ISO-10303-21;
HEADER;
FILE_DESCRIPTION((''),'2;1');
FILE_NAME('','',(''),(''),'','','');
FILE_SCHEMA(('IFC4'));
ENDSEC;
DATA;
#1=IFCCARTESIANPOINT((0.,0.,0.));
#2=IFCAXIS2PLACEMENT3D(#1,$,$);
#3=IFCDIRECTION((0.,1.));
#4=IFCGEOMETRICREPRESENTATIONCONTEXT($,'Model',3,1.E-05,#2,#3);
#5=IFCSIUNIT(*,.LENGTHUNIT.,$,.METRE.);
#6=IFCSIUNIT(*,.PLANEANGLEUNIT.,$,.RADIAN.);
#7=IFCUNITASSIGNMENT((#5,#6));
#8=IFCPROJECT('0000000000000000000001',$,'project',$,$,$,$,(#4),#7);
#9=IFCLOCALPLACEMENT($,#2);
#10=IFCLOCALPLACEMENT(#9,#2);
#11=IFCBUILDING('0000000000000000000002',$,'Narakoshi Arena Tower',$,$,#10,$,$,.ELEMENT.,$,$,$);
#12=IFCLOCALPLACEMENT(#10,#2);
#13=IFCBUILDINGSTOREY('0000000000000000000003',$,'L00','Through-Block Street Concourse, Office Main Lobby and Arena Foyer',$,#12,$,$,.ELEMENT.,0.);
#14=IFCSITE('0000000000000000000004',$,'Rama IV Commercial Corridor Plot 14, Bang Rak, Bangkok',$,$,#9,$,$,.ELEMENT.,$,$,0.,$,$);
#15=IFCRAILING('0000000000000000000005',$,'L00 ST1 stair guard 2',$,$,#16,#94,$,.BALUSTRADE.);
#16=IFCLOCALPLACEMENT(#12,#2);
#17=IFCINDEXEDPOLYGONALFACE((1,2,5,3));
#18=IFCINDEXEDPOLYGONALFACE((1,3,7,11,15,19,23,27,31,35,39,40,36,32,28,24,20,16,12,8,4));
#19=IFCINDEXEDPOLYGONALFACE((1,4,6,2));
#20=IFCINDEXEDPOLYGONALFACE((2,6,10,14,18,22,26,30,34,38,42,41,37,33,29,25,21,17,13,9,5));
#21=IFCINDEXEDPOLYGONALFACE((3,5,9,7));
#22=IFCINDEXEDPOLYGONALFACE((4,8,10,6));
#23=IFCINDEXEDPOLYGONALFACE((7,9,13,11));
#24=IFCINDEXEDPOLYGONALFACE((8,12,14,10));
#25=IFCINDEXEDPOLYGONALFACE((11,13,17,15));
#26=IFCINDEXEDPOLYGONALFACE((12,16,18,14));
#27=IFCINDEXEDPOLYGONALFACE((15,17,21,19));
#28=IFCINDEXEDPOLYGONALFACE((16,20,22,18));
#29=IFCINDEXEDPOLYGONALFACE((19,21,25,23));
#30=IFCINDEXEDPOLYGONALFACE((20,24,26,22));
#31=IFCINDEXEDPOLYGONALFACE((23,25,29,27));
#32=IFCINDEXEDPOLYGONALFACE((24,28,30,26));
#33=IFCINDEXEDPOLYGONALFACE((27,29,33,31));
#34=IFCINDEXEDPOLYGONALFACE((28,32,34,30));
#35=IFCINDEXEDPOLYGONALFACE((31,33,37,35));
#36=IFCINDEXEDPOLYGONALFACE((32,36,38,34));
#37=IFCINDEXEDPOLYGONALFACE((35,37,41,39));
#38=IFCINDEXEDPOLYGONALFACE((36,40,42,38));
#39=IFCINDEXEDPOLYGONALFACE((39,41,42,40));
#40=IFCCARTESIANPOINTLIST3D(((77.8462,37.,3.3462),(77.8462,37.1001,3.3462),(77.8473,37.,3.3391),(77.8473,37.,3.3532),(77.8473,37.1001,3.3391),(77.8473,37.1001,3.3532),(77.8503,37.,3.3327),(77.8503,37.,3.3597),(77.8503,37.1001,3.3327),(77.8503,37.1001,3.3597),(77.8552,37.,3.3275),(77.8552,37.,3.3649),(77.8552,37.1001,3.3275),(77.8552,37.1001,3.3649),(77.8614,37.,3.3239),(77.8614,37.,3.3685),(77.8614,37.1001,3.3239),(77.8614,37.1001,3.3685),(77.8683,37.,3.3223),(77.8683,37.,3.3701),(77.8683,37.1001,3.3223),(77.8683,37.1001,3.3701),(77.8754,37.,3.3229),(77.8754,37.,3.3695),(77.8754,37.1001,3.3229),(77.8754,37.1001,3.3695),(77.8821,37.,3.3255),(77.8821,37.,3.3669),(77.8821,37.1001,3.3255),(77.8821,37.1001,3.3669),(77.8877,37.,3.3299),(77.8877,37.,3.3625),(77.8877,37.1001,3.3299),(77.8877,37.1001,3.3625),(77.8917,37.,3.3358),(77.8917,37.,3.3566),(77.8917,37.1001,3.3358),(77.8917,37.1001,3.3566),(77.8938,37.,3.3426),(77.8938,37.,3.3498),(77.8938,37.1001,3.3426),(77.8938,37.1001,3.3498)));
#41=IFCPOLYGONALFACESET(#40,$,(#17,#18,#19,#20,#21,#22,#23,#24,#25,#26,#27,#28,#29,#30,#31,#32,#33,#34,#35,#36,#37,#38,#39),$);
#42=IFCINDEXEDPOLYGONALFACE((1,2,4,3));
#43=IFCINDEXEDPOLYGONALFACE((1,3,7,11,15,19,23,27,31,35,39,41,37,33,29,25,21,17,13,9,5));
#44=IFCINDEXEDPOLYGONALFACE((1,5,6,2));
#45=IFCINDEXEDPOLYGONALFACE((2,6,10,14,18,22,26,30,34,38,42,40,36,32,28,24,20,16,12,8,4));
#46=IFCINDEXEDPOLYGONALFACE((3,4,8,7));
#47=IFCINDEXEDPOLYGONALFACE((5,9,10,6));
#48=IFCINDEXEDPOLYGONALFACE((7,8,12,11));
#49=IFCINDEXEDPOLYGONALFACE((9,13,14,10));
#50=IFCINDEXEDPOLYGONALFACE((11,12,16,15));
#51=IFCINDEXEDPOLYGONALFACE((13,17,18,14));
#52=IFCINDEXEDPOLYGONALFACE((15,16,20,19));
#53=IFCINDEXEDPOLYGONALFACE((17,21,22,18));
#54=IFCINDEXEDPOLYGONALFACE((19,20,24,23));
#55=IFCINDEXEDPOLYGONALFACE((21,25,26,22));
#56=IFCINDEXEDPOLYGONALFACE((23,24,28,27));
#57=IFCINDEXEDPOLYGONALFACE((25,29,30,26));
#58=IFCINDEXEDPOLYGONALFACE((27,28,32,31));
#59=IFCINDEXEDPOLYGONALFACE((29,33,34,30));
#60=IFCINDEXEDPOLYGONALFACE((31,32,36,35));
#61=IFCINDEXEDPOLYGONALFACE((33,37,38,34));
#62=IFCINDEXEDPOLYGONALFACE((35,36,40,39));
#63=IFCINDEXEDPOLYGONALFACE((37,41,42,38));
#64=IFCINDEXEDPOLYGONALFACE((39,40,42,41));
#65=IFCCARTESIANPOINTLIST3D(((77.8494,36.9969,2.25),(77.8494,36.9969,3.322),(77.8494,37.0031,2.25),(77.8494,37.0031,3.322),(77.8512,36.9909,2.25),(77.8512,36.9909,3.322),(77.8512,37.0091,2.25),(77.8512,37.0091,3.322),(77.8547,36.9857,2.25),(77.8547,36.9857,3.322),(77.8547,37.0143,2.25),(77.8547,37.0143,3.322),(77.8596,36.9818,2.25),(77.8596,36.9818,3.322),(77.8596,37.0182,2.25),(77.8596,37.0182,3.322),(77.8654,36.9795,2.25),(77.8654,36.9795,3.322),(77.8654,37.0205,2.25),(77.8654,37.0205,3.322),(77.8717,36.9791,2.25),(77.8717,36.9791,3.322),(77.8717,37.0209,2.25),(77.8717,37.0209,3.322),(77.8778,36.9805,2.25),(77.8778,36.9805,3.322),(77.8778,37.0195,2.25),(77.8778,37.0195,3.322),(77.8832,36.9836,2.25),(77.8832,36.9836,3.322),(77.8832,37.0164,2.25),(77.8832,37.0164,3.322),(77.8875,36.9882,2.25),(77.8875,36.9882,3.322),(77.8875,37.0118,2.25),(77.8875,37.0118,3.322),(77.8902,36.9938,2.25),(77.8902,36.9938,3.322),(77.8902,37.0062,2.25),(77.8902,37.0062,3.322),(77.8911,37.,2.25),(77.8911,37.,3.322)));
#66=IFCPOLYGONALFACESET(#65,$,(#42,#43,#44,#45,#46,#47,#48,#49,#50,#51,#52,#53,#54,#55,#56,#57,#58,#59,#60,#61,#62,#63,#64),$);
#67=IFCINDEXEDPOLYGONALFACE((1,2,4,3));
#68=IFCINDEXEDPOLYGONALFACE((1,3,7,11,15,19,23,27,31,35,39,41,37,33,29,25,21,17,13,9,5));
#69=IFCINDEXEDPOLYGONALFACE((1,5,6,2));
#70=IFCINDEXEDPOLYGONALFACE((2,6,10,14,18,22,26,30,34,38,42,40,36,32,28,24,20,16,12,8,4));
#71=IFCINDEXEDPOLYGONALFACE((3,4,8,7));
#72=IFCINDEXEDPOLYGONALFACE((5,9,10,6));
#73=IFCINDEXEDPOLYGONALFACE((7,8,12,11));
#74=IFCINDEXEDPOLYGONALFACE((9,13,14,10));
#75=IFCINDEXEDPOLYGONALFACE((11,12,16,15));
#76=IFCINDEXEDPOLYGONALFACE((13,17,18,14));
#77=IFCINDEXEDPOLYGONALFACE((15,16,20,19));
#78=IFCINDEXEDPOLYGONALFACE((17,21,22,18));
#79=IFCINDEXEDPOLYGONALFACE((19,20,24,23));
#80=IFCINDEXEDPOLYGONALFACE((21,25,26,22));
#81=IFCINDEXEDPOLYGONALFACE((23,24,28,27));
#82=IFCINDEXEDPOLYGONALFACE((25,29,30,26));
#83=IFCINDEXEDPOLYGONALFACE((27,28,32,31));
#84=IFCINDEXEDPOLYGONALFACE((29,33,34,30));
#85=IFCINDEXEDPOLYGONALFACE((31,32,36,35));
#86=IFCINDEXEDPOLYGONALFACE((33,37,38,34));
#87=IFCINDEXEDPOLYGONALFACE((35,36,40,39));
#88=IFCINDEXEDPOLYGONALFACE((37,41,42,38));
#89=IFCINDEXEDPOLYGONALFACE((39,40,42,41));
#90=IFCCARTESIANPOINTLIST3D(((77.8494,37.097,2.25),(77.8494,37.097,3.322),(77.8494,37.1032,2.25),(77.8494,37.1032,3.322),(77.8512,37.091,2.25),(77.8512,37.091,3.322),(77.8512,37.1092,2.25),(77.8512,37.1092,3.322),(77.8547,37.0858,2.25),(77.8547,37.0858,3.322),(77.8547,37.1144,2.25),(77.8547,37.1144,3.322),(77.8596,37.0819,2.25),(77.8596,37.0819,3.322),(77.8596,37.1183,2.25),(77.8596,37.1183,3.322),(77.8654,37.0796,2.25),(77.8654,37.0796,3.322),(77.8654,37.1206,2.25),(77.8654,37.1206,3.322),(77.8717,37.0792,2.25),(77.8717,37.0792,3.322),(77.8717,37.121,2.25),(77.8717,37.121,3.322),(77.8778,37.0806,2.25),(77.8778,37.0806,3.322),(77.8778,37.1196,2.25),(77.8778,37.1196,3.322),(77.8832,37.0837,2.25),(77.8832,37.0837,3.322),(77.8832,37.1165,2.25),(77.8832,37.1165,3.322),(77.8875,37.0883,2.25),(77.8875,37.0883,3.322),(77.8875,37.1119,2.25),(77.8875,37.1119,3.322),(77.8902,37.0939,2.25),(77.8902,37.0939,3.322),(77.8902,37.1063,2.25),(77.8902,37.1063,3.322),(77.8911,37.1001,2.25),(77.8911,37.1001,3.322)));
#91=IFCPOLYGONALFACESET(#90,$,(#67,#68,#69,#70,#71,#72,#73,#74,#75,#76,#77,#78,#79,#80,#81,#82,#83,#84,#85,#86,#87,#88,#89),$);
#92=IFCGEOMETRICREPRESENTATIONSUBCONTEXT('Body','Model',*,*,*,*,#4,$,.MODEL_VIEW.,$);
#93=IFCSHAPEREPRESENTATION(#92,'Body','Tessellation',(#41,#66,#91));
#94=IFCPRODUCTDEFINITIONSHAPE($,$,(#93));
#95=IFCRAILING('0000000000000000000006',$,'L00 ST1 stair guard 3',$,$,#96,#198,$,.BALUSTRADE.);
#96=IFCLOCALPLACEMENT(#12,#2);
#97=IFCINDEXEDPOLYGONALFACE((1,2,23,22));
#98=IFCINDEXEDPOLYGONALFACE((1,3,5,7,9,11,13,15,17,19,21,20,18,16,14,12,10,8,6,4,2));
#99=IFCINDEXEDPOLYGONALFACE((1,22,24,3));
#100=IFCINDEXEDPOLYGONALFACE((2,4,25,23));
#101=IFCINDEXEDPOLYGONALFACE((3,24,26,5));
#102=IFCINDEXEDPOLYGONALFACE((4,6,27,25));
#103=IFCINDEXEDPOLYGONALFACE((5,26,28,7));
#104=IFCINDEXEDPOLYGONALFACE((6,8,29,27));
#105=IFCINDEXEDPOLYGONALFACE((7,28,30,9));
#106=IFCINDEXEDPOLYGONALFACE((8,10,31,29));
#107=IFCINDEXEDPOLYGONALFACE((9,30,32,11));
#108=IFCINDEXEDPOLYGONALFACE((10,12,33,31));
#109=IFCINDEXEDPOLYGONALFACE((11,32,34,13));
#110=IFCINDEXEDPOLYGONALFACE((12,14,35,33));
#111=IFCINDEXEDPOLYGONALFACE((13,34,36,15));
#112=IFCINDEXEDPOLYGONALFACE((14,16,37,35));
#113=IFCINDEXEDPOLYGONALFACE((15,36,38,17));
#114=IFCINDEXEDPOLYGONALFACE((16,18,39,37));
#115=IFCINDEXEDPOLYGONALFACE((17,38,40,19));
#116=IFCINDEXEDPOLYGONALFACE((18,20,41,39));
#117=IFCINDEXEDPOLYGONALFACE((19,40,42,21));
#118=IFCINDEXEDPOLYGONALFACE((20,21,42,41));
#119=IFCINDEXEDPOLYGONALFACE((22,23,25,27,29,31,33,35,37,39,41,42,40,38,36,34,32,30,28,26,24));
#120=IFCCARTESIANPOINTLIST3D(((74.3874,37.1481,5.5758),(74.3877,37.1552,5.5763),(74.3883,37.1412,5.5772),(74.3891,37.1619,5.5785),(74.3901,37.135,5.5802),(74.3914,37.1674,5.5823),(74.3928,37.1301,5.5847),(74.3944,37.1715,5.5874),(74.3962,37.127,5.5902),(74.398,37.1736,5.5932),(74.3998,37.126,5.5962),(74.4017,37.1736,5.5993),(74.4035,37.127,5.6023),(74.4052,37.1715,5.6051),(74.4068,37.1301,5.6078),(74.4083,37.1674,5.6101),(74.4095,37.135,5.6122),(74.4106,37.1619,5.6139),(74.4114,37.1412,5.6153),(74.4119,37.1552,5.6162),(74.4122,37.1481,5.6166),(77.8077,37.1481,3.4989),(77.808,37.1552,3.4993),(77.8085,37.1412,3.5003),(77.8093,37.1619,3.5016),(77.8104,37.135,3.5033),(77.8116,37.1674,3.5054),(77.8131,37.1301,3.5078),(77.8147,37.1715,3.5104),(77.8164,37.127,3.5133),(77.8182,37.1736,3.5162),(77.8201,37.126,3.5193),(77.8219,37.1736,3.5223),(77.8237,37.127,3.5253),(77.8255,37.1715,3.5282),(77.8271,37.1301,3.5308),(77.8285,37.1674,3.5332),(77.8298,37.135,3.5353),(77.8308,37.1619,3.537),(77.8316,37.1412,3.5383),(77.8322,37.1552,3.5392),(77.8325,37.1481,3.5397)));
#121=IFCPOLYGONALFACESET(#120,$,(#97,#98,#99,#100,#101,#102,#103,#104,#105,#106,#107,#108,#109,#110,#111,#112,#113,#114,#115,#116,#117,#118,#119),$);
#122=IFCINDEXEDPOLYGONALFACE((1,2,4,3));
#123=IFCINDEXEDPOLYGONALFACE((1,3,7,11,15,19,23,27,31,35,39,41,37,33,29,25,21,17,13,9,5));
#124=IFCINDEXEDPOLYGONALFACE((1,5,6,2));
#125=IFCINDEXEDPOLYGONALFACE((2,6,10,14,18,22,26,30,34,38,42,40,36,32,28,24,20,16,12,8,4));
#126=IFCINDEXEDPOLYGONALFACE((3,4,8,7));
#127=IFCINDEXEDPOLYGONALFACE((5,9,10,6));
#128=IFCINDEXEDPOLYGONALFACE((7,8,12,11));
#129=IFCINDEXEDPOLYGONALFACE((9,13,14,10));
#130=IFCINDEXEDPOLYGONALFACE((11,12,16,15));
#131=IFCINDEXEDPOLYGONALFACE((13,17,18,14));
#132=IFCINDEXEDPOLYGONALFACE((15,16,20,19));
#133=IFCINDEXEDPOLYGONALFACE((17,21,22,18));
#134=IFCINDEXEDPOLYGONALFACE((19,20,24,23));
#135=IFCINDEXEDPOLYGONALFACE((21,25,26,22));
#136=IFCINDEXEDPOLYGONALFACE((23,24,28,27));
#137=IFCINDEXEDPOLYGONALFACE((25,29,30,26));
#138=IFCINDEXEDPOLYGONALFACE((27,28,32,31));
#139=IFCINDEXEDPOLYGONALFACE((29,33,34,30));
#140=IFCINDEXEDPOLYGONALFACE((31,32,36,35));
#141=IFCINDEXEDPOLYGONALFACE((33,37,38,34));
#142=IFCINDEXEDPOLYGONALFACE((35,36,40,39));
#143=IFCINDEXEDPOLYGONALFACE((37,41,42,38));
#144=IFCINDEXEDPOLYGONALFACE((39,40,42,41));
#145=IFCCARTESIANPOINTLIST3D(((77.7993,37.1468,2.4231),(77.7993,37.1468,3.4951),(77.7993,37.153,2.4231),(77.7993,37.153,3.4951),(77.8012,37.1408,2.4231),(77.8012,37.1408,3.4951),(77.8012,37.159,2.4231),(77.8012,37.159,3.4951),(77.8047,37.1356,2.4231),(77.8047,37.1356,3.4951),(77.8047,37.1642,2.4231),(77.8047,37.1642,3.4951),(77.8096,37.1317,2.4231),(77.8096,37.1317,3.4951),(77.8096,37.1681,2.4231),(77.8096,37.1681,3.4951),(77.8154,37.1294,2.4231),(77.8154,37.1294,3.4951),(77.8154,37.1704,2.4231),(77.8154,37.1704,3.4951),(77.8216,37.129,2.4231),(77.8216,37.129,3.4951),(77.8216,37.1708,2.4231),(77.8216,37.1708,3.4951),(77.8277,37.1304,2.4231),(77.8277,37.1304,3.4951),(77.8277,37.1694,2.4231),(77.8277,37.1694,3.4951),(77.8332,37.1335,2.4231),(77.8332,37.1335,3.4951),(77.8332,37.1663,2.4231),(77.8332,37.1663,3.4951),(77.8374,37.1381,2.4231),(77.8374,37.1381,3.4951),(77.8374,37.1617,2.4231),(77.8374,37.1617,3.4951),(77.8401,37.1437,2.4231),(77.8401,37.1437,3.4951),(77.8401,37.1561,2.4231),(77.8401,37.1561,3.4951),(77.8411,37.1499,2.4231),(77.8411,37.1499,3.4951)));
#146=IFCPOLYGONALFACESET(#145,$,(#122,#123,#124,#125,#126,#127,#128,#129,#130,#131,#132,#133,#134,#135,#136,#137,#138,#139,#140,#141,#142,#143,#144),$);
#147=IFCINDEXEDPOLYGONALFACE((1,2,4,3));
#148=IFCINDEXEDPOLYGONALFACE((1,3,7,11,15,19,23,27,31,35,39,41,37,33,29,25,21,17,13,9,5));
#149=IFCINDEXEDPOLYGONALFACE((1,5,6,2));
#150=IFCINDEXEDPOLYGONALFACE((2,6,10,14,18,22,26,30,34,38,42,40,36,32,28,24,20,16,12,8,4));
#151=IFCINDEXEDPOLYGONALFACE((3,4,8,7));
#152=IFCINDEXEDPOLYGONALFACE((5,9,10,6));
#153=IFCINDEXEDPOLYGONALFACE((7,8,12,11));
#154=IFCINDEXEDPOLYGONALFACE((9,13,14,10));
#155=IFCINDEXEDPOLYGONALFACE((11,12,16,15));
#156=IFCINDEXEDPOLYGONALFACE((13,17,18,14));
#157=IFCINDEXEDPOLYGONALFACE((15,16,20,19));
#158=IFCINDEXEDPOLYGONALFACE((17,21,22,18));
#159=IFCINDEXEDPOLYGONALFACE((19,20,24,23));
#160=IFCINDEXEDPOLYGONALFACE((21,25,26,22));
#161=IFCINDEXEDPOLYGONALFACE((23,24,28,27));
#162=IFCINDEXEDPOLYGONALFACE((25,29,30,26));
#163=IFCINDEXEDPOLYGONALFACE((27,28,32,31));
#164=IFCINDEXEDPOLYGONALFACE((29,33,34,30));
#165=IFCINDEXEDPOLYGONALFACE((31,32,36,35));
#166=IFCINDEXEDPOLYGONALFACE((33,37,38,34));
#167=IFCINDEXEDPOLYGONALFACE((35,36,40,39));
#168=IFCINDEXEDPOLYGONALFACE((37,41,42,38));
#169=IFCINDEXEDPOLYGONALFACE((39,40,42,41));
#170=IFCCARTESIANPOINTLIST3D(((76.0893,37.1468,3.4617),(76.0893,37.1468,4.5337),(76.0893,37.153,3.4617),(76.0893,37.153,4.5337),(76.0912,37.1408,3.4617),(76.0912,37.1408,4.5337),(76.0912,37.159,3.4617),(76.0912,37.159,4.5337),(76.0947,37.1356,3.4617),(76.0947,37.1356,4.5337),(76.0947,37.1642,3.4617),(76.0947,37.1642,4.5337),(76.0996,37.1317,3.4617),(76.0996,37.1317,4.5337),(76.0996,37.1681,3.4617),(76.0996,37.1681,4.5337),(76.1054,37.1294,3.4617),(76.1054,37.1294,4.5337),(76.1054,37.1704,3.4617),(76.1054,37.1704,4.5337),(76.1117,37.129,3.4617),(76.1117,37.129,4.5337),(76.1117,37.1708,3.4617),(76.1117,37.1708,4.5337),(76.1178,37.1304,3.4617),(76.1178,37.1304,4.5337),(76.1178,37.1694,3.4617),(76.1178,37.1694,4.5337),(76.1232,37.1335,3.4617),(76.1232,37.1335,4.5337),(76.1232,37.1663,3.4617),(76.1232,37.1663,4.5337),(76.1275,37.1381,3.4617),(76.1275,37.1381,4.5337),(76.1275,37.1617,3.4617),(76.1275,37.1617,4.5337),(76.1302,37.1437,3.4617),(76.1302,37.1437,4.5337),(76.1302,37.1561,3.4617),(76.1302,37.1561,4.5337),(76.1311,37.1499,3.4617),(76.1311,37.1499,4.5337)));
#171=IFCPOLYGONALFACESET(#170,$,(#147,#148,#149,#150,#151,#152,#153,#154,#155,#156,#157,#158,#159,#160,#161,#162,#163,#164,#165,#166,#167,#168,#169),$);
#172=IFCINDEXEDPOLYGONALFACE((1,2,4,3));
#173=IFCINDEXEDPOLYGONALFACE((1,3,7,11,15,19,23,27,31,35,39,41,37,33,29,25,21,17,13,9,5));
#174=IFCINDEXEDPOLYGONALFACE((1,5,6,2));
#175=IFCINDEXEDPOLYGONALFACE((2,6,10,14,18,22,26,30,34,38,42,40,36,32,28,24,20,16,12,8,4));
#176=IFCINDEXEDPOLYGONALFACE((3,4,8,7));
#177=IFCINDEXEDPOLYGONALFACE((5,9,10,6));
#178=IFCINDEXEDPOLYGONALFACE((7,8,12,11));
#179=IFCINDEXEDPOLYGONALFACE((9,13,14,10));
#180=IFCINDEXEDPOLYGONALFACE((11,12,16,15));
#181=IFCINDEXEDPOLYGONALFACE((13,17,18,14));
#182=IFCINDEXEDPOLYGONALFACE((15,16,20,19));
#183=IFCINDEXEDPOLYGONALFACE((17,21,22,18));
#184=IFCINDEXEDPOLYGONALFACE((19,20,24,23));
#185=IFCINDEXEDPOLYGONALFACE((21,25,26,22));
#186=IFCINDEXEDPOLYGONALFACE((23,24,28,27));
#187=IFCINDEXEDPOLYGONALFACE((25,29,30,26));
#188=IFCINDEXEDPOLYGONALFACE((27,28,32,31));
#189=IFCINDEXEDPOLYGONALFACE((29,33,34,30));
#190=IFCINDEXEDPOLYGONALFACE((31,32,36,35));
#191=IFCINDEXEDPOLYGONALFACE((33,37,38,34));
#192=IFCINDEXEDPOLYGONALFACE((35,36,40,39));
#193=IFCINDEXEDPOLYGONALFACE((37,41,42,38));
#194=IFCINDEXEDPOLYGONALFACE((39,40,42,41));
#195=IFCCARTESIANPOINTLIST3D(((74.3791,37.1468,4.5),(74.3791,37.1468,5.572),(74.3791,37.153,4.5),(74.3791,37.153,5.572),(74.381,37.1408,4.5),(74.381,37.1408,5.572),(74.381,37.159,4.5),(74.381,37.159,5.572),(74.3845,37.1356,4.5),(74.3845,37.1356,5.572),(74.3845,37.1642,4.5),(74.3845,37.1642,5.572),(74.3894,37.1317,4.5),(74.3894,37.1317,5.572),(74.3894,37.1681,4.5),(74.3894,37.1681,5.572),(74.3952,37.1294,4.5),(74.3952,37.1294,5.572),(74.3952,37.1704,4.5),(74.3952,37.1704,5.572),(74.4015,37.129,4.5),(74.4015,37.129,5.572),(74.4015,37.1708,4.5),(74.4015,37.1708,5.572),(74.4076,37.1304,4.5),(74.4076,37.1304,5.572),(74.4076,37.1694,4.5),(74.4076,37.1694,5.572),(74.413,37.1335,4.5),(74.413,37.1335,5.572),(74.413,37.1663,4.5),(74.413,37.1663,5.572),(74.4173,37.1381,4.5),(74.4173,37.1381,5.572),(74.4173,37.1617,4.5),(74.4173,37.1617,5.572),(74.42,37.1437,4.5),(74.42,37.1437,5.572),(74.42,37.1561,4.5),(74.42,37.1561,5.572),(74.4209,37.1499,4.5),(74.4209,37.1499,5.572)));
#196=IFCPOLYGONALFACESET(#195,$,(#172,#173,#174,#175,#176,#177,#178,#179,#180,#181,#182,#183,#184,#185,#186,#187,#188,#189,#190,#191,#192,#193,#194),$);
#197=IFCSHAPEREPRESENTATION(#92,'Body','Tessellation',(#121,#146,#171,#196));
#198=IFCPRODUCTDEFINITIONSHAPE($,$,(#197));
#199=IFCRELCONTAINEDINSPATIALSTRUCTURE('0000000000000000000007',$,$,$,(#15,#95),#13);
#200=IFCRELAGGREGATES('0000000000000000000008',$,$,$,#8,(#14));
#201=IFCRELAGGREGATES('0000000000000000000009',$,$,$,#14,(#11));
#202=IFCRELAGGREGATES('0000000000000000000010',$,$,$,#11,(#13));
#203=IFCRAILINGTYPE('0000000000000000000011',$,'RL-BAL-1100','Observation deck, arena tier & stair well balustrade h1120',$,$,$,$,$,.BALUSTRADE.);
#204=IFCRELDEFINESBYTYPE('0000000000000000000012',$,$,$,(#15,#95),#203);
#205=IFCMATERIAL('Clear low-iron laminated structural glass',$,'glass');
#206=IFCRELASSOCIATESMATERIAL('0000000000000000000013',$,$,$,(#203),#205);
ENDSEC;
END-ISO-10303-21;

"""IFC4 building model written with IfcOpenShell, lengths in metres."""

from ifc_helpers import new_model, si_unit, direction, frame, origin, origin_2d, place, context, subcontext, project, spatial, circle, extrude, material, type_object, element, save


model = new_model("IFC4")

# Units and contexts
model_context = context("Model", 3, precision=1e-05, world=origin(), true_north=direction((0.0, 1.0)))
body_context = subcontext(model_context, "Body", "Model", "MODEL_VIEW")
ifc_project = project(units=[si_unit("LENGTHUNIT", "METRE"), si_unit("PLANEANGLEUNIT", "RADIAN")], contexts=[model_context])

# Site, building, storey
site_placement = place(None, origin())
site = spatial("IfcSite", under=ifc_project, at=site_placement, Name="Rama IV Commercial Corridor Plot 14, Bang Rak, Bangkok", CompositionType="ELEMENT", RefElevation=0.0)
building_placement = place(site_placement, origin())
building = spatial("IfcBuilding", under=site, at=building_placement, Name="Narakoshi Arena Tower", CompositionType="ELEMENT")
storey_placement = place(building_placement, origin())
storey = spatial("IfcBuildingStorey", under=building, at=storey_placement, Name="L00", Description="Through-Block Street Concourse, Office Main Lobby and Arena Foyer", CompositionType="ELEMENT", Elevation=0.0)

# Railings
ifc_material_1 = material(Name="Clear low-iron laminated structural glass", Category="glass")
railing_type_1 = type_object("IfcRailingType", Name="RL-BAL-1100", Description="Observation deck, arena tier & stair well balustrade h1120", PredefinedType="BALUSTRADE", material=ifc_material_1)
railing_1_placement = place(storey_placement, frame((77.8701, 37.0, 2.25)))
element("IfcRailing", 1, at=railing_1_placement, inside=storey, type_object=railing_type_1, Name="L00 ST1 stair guard 2", PredefinedType="BALUSTRADE", context=body_context, shape_type="SweptSolid", body=[
    extrude(circle(Radius=0.0239, at=origin_2d()), frame((0.0, 0.0, 1.0962), z_axis=(0.0, 1.0, 0.0), x_axis=(-1.0, 0.0, 0.0)), (0.0, 0.0, 1.0), 0.1001),
    extrude(circle(Radius=0.021, at=origin_2d()), origin(), (0.0, 0.0, 1.0), 1.072),
    extrude(circle(Radius=0.021, at=origin_2d()), frame((0.0, 0.1001, 0.0)), (0.0, 0.0, 1.0), 1.072),
])
for number, where, name in (
    (2, (77.8201, 37.1499, 2.4231), "L00 ST1 stair guard 3"),
):
    element("IfcRailing", number, at=place(storey_placement, frame(where)), inside=storey, type_object=railing_type_1, Name=name, PredefinedType="BALUSTRADE", context=body_context, shape_type="SweptSolid", body=[
        extrude(circle(Radius=0.0239, at=origin_2d()), frame((0.0, 0.0, 1.0962), z_axis=(-0.854746, 0.0, 0.519047), x_axis=(0.0, -1.0, 0.0)), (0.0, 0.0, 1.0), 4.0015),
        extrude(circle(Radius=0.021, at=origin_2d()), origin(), (0.0, 0.0, 1.0), 1.072),
        extrude(circle(Radius=0.021, at=origin_2d()), frame((-1.71, 0.0, 1.0386)), (0.0, 0.0, 1.0), 1.072),
        extrude(circle(Radius=0.021, at=origin_2d()), frame((-3.4202, 0.0, 2.0769)), (0.0, 0.0, 1.0), 1.072),
    ])

save(model, "model.ifc")
